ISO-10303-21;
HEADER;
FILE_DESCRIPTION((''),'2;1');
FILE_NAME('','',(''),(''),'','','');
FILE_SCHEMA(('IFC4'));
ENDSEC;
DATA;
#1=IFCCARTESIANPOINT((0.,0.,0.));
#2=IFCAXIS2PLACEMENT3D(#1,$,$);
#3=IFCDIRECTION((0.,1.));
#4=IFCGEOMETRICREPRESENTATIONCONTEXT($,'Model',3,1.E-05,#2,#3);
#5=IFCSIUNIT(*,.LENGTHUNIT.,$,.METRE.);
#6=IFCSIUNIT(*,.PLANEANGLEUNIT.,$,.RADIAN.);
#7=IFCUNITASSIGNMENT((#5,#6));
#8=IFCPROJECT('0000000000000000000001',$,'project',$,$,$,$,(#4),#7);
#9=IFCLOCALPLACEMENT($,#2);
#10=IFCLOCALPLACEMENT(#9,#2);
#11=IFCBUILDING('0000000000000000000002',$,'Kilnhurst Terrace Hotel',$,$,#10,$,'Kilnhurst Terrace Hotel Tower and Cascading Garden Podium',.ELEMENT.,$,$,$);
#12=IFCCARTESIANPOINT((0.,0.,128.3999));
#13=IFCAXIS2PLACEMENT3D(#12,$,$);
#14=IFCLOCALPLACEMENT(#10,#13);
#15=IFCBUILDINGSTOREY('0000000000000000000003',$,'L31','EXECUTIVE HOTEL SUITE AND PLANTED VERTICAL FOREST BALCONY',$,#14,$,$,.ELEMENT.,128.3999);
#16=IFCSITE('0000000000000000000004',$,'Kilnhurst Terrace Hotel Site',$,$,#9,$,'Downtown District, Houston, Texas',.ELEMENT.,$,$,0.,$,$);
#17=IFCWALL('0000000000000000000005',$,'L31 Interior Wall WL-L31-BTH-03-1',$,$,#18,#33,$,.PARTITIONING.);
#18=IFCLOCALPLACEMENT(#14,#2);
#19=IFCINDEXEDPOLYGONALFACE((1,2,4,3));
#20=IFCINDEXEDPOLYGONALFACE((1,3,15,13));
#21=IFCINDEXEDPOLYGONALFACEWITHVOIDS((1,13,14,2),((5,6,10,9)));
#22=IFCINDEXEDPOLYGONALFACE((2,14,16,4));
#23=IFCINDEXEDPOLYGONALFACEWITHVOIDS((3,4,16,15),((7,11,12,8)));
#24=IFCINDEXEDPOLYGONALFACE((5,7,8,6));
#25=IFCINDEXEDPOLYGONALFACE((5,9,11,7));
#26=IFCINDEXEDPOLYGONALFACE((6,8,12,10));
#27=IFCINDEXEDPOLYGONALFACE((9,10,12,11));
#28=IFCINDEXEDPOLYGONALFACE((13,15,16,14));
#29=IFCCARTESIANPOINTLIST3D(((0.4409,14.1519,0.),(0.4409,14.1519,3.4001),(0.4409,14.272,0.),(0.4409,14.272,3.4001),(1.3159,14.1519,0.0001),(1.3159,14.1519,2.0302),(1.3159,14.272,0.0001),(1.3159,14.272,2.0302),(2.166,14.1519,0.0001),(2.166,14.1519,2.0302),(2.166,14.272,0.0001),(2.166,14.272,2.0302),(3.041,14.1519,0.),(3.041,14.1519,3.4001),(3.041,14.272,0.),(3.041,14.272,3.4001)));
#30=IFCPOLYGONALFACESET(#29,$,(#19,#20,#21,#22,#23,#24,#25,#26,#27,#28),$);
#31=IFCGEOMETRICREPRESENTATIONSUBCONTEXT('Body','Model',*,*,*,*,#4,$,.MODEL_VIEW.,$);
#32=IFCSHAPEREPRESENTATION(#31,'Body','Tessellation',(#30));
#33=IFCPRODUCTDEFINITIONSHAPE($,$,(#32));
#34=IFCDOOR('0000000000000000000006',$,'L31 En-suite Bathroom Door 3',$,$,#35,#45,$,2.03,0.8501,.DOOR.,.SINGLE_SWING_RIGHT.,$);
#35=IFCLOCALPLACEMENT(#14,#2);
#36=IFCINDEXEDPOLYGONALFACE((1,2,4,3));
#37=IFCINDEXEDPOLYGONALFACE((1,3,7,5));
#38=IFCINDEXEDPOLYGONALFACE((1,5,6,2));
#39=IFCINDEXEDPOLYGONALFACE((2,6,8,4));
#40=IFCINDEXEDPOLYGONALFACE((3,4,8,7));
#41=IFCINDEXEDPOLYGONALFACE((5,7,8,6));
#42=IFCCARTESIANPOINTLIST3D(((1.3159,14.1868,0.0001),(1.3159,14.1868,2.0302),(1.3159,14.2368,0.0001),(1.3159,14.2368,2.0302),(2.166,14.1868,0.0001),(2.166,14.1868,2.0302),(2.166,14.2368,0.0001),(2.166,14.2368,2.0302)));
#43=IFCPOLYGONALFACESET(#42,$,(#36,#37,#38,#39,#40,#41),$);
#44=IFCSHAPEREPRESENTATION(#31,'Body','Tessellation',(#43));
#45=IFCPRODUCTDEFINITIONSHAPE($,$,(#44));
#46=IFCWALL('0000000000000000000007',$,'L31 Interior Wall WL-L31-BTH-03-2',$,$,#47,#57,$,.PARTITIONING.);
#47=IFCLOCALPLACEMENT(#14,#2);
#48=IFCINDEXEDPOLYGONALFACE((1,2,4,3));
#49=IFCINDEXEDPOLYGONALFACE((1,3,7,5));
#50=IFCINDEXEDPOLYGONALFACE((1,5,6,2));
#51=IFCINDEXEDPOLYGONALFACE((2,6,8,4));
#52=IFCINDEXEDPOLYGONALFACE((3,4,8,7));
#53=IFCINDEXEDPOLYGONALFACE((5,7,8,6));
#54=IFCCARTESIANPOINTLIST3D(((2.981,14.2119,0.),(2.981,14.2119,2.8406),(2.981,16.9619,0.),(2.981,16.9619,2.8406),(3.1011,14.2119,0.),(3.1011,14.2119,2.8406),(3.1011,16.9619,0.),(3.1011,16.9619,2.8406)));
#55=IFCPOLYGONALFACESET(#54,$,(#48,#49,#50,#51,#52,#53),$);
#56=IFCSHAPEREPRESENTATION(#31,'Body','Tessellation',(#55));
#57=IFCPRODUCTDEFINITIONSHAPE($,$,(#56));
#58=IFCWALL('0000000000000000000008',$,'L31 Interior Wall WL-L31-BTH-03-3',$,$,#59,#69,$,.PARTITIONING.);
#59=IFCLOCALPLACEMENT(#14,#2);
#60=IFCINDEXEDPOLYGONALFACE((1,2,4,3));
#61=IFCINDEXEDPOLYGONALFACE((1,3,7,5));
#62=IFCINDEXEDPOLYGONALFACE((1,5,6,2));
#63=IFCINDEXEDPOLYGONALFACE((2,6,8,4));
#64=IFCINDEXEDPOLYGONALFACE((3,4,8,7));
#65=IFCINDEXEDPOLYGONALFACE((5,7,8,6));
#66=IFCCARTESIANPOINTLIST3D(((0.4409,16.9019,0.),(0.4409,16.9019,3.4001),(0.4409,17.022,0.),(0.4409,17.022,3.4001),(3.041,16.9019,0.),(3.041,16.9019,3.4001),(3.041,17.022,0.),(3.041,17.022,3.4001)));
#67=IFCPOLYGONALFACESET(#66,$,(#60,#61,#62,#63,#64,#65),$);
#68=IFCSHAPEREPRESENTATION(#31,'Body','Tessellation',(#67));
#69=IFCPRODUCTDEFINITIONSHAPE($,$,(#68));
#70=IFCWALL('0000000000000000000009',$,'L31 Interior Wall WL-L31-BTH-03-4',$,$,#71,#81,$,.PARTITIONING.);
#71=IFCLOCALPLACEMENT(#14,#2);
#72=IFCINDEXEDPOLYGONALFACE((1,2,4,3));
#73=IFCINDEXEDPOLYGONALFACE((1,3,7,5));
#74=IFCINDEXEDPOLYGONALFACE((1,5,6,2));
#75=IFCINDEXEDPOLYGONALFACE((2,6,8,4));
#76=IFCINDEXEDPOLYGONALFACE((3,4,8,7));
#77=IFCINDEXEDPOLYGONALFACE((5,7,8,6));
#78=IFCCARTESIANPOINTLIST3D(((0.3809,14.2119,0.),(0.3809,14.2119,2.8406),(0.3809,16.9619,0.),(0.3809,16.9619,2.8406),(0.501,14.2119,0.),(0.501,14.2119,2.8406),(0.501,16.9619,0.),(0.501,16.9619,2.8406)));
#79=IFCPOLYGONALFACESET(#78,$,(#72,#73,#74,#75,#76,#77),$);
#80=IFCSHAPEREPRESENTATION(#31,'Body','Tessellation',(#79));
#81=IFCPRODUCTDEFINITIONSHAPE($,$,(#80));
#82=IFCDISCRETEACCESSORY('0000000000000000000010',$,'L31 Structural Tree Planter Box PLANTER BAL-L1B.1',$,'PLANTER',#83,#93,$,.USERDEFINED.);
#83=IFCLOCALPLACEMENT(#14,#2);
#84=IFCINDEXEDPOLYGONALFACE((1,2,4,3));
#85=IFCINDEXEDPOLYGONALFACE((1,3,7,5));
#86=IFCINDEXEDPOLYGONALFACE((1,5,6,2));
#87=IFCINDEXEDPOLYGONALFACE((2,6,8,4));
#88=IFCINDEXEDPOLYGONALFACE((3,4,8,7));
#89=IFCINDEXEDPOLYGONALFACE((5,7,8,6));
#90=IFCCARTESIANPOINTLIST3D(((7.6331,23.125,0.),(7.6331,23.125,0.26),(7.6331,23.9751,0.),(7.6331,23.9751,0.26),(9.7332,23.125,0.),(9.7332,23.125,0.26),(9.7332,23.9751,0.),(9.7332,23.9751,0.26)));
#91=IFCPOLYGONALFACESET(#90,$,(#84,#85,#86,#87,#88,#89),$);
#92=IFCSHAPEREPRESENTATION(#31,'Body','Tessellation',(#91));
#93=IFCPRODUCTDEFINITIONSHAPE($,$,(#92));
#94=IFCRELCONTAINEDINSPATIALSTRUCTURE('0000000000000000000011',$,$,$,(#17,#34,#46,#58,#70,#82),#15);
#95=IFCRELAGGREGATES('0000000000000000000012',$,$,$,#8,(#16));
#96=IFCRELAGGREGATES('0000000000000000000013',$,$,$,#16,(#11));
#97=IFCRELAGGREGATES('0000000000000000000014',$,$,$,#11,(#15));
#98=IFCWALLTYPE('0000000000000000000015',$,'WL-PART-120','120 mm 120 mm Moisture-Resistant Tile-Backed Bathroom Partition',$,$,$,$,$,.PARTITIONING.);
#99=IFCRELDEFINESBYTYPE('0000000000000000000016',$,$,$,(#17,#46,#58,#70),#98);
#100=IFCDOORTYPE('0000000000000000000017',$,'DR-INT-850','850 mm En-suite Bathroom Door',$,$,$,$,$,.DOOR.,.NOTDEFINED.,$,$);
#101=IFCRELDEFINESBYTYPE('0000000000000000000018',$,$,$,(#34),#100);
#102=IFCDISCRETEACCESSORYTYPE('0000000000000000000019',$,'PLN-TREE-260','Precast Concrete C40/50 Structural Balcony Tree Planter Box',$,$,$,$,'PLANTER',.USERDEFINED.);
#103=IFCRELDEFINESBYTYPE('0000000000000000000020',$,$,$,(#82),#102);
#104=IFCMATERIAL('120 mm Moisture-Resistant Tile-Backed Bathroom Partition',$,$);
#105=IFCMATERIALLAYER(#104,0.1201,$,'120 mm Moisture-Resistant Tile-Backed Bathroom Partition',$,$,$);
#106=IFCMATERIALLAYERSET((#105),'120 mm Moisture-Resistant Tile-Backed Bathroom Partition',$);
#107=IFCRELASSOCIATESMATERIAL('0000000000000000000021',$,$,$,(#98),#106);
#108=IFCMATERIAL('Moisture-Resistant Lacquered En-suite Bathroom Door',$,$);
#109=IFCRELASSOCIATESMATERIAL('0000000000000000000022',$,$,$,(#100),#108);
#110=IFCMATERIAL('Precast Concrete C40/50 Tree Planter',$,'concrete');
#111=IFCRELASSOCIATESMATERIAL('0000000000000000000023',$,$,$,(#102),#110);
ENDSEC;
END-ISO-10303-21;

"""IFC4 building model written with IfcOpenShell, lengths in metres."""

from ifc_helpers import new_model, si_unit, direction, frame, frame_2d, origin, origin_2d, place, context, subcontext, project, spatial, rectangle, extrude, material, layer, layer_set, type_object, element, fill, save


model = new_model("IFC4")

# Units and contexts
model_context = context("Model", 3, precision=1e-05, world=origin(), true_north=direction((0.0, 1.0)))
body_context = subcontext(model_context, "Body", "Model", "MODEL_VIEW")
ifc_project = project(units=[si_unit("LENGTHUNIT", "METRE"), si_unit("PLANEANGLEUNIT", "RADIAN")], contexts=[model_context])

# Site, building, storey
site_placement = place(None, origin())
site = spatial("IfcSite", under=ifc_project, at=site_placement, Name="Kilnhurst Terrace Hotel Site", LongName="Downtown District, Houston, Texas", CompositionType="ELEMENT", RefElevation=0.0)
building_placement = place(site_placement, origin())
building = spatial("IfcBuilding", under=site, at=building_placement, Name="Kilnhurst Terrace Hotel", LongName="Kilnhurst Terrace Hotel Tower and Cascading Garden Podium", CompositionType="ELEMENT")
storey_placement = place(building_placement, frame((0.0, 0.0, 128.3999)))
storey = spatial("IfcBuildingStorey", under=building, at=storey_placement, Name="L31", Description="EXECUTIVE HOTEL SUITE AND PLANTED VERTICAL FOREST BALCONY", CompositionType="ELEMENT", Elevation=128.3999)

# Wall, opening, door
ifc_material_1 = material(Name="120 mm Moisture-Resistant Tile-Backed Bathroom Partition")
ifc_layer_1 = layer(ifc_material_1, 0.1201, Name="120 mm Moisture-Resistant Tile-Backed Bathroom Partition")
ifc_layer_set_1 = layer_set([ifc_layer_1], Name="120 mm Moisture-Resistant Tile-Backed Bathroom Partition")
wall_type_1 = type_object("IfcWallType", Name="WL-PART-120", Description="120 mm 120 mm Moisture-Resistant Tile-Backed Bathroom Partition", PredefinedType="PARTITIONING", material=ifc_layer_set_1)
wall_1_placement = place(storey_placement, frame((0.4409, 14.2119, 0.0), z_axis=(0.0, 0.0, 1.0), x_axis=(1.0, 0.0, 0.0)))
wall_1 = element("IfcWall", 1, at=wall_1_placement, inside=storey, type_object=wall_type_1, Name="L31 Interior Wall WL-L31-BTH-03-1", PredefinedType="PARTITIONING", context=body_context, shape_type="SweptSolid", body=[
    extrude(rectangle(XDim=2.6001, YDim=0.1201, at=frame_2d((1.3, 0.0))), origin(), (0.0, 0.0, 1.0), 3.4001),
])
opening_placement = place(wall_1_placement, frame((0.875, 0.0, 0.0)))
opening = element("IfcOpeningElement", 2, at=opening_placement, cuts=wall_1, PredefinedType="OPENING", context=body_context, shape_type="SweptSolid", body=[
    extrude(rectangle(XDim=0.8501, YDim=2.03, at=frame_2d((0.425, 1.0151))), frame((0.0, 0.0701, 0.0), z_axis=(0.0, -1.0, 0.0), x_axis=(1.0, 0.0, 0.0)), (0.0, 0.0, 1.0), 0.1401),
])
ifc_material_2 = material(Name="Moisture-Resistant Lacquered En-suite Bathroom Door")
door_type = type_object("IfcDoorType", Name="DR-INT-850", Description="850 mm En-suite Bathroom Door", OperationType="NOTDEFINED", PredefinedType="DOOR", material=ifc_material_2)
door_placement = place(opening_placement, origin())
door = element("IfcDoor", 3, at=door_placement, inside=storey, type_object=door_type, Name="L31 En-suite Bathroom Door 3", OperationType="SINGLE_SWING_RIGHT", OverallHeight=2.03, OverallWidth=0.8501, PredefinedType="DOOR", context=body_context, shape_type="SweptSolid", body=[
    extrude(rectangle(XDim=0.8501, YDim=2.03, at=frame_2d((0.425, 1.0151))), frame((0.0, 0.0249, 0.0), z_axis=(0.0, -1.0, 0.0), x_axis=(1.0, 0.0, 0.0)), (0.0, 0.0, 1.0), 0.05),
])
fill(opening, door)

# Walls
wall_2_placement = place(storey_placement, frame((3.041, 14.2119, 0.0), z_axis=(0.0, 0.0, 1.0), x_axis=(0.0, 1.0, 0.0)))
element("IfcWall", 4, at=wall_2_placement, inside=storey, type_object=wall_type_1, Name="L31 Interior Wall WL-L31-BTH-03-2", PredefinedType="PARTITIONING", context=body_context, shape_type="SweptSolid", body=[
    extrude(rectangle(XDim=2.75, YDim=0.1201, at=frame_2d((1.375, 0.0))), origin(), (0.0, 0.0, 1.0), 2.8406),
])
wall_3_placement = place(storey_placement, frame((3.041, 16.9619, 0.0), z_axis=(0.0, 0.0, 1.0), x_axis=(-1.0, 0.0, 0.0)))
element("IfcWall", 5, at=wall_3_placement, inside=storey, type_object=wall_type_1, Name="L31 Interior Wall WL-L31-BTH-03-3", PredefinedType="PARTITIONING", context=body_context, shape_type="SweptSolid", body=[
    extrude(rectangle(XDim=2.6001, YDim=0.1201, at=frame_2d((1.3, 0.0))), origin(), (0.0, 0.0, 1.0), 3.4001),
])
wall_4_placement = place(storey_placement, frame((0.4409, 16.9619, 0.0), z_axis=(0.0, 0.0, 1.0), x_axis=(0.0, -1.0, 0.0)))
element("IfcWall", 6, at=wall_4_placement, inside=storey, type_object=wall_type_1, Name="L31 Interior Wall WL-L31-BTH-03-4", PredefinedType="PARTITIONING", context=body_context, shape_type="SweptSolid", body=[
    extrude(rectangle(XDim=2.75, YDim=0.1201, at=frame_2d((1.375, 0.0))), origin(), (0.0, 0.0, 1.0), 2.8406),
])

# Discrete accessory
ifc_material_3 = material(Name="Precast Concrete C40/50 Tree Planter", Category="concrete")
discrete_accessory_type = type_object("IfcDiscreteAccessoryType", Name="PLN-TREE-260", Description="Precast Concrete C40/50 Structural Balcony Tree Planter Box", ElementType="PLANTER", PredefinedType="USERDEFINED", material=ifc_material_3)
discrete_accessory_placement = place(storey_placement, frame((8.6831, 23.55, 0.0), z_axis=(0.0, 0.0, 1.0), x_axis=(-1.0, 0.0, 0.0)))
element("IfcDiscreteAccessory", 7, at=discrete_accessory_placement, inside=storey, type_object=discrete_accessory_type, Name="L31 Structural Tree Planter Box PLANTER BAL-L1B.1", ObjectType="PLANTER", PredefinedType="USERDEFINED", context=body_context, shape_type="SweptSolid", body=[
    extrude(rectangle(XDim=2.1001, YDim=0.8501, at=origin_2d()), origin(), (0.0, 0.0, 1.0), 0.26),
])

save(model, "model.ifc")
